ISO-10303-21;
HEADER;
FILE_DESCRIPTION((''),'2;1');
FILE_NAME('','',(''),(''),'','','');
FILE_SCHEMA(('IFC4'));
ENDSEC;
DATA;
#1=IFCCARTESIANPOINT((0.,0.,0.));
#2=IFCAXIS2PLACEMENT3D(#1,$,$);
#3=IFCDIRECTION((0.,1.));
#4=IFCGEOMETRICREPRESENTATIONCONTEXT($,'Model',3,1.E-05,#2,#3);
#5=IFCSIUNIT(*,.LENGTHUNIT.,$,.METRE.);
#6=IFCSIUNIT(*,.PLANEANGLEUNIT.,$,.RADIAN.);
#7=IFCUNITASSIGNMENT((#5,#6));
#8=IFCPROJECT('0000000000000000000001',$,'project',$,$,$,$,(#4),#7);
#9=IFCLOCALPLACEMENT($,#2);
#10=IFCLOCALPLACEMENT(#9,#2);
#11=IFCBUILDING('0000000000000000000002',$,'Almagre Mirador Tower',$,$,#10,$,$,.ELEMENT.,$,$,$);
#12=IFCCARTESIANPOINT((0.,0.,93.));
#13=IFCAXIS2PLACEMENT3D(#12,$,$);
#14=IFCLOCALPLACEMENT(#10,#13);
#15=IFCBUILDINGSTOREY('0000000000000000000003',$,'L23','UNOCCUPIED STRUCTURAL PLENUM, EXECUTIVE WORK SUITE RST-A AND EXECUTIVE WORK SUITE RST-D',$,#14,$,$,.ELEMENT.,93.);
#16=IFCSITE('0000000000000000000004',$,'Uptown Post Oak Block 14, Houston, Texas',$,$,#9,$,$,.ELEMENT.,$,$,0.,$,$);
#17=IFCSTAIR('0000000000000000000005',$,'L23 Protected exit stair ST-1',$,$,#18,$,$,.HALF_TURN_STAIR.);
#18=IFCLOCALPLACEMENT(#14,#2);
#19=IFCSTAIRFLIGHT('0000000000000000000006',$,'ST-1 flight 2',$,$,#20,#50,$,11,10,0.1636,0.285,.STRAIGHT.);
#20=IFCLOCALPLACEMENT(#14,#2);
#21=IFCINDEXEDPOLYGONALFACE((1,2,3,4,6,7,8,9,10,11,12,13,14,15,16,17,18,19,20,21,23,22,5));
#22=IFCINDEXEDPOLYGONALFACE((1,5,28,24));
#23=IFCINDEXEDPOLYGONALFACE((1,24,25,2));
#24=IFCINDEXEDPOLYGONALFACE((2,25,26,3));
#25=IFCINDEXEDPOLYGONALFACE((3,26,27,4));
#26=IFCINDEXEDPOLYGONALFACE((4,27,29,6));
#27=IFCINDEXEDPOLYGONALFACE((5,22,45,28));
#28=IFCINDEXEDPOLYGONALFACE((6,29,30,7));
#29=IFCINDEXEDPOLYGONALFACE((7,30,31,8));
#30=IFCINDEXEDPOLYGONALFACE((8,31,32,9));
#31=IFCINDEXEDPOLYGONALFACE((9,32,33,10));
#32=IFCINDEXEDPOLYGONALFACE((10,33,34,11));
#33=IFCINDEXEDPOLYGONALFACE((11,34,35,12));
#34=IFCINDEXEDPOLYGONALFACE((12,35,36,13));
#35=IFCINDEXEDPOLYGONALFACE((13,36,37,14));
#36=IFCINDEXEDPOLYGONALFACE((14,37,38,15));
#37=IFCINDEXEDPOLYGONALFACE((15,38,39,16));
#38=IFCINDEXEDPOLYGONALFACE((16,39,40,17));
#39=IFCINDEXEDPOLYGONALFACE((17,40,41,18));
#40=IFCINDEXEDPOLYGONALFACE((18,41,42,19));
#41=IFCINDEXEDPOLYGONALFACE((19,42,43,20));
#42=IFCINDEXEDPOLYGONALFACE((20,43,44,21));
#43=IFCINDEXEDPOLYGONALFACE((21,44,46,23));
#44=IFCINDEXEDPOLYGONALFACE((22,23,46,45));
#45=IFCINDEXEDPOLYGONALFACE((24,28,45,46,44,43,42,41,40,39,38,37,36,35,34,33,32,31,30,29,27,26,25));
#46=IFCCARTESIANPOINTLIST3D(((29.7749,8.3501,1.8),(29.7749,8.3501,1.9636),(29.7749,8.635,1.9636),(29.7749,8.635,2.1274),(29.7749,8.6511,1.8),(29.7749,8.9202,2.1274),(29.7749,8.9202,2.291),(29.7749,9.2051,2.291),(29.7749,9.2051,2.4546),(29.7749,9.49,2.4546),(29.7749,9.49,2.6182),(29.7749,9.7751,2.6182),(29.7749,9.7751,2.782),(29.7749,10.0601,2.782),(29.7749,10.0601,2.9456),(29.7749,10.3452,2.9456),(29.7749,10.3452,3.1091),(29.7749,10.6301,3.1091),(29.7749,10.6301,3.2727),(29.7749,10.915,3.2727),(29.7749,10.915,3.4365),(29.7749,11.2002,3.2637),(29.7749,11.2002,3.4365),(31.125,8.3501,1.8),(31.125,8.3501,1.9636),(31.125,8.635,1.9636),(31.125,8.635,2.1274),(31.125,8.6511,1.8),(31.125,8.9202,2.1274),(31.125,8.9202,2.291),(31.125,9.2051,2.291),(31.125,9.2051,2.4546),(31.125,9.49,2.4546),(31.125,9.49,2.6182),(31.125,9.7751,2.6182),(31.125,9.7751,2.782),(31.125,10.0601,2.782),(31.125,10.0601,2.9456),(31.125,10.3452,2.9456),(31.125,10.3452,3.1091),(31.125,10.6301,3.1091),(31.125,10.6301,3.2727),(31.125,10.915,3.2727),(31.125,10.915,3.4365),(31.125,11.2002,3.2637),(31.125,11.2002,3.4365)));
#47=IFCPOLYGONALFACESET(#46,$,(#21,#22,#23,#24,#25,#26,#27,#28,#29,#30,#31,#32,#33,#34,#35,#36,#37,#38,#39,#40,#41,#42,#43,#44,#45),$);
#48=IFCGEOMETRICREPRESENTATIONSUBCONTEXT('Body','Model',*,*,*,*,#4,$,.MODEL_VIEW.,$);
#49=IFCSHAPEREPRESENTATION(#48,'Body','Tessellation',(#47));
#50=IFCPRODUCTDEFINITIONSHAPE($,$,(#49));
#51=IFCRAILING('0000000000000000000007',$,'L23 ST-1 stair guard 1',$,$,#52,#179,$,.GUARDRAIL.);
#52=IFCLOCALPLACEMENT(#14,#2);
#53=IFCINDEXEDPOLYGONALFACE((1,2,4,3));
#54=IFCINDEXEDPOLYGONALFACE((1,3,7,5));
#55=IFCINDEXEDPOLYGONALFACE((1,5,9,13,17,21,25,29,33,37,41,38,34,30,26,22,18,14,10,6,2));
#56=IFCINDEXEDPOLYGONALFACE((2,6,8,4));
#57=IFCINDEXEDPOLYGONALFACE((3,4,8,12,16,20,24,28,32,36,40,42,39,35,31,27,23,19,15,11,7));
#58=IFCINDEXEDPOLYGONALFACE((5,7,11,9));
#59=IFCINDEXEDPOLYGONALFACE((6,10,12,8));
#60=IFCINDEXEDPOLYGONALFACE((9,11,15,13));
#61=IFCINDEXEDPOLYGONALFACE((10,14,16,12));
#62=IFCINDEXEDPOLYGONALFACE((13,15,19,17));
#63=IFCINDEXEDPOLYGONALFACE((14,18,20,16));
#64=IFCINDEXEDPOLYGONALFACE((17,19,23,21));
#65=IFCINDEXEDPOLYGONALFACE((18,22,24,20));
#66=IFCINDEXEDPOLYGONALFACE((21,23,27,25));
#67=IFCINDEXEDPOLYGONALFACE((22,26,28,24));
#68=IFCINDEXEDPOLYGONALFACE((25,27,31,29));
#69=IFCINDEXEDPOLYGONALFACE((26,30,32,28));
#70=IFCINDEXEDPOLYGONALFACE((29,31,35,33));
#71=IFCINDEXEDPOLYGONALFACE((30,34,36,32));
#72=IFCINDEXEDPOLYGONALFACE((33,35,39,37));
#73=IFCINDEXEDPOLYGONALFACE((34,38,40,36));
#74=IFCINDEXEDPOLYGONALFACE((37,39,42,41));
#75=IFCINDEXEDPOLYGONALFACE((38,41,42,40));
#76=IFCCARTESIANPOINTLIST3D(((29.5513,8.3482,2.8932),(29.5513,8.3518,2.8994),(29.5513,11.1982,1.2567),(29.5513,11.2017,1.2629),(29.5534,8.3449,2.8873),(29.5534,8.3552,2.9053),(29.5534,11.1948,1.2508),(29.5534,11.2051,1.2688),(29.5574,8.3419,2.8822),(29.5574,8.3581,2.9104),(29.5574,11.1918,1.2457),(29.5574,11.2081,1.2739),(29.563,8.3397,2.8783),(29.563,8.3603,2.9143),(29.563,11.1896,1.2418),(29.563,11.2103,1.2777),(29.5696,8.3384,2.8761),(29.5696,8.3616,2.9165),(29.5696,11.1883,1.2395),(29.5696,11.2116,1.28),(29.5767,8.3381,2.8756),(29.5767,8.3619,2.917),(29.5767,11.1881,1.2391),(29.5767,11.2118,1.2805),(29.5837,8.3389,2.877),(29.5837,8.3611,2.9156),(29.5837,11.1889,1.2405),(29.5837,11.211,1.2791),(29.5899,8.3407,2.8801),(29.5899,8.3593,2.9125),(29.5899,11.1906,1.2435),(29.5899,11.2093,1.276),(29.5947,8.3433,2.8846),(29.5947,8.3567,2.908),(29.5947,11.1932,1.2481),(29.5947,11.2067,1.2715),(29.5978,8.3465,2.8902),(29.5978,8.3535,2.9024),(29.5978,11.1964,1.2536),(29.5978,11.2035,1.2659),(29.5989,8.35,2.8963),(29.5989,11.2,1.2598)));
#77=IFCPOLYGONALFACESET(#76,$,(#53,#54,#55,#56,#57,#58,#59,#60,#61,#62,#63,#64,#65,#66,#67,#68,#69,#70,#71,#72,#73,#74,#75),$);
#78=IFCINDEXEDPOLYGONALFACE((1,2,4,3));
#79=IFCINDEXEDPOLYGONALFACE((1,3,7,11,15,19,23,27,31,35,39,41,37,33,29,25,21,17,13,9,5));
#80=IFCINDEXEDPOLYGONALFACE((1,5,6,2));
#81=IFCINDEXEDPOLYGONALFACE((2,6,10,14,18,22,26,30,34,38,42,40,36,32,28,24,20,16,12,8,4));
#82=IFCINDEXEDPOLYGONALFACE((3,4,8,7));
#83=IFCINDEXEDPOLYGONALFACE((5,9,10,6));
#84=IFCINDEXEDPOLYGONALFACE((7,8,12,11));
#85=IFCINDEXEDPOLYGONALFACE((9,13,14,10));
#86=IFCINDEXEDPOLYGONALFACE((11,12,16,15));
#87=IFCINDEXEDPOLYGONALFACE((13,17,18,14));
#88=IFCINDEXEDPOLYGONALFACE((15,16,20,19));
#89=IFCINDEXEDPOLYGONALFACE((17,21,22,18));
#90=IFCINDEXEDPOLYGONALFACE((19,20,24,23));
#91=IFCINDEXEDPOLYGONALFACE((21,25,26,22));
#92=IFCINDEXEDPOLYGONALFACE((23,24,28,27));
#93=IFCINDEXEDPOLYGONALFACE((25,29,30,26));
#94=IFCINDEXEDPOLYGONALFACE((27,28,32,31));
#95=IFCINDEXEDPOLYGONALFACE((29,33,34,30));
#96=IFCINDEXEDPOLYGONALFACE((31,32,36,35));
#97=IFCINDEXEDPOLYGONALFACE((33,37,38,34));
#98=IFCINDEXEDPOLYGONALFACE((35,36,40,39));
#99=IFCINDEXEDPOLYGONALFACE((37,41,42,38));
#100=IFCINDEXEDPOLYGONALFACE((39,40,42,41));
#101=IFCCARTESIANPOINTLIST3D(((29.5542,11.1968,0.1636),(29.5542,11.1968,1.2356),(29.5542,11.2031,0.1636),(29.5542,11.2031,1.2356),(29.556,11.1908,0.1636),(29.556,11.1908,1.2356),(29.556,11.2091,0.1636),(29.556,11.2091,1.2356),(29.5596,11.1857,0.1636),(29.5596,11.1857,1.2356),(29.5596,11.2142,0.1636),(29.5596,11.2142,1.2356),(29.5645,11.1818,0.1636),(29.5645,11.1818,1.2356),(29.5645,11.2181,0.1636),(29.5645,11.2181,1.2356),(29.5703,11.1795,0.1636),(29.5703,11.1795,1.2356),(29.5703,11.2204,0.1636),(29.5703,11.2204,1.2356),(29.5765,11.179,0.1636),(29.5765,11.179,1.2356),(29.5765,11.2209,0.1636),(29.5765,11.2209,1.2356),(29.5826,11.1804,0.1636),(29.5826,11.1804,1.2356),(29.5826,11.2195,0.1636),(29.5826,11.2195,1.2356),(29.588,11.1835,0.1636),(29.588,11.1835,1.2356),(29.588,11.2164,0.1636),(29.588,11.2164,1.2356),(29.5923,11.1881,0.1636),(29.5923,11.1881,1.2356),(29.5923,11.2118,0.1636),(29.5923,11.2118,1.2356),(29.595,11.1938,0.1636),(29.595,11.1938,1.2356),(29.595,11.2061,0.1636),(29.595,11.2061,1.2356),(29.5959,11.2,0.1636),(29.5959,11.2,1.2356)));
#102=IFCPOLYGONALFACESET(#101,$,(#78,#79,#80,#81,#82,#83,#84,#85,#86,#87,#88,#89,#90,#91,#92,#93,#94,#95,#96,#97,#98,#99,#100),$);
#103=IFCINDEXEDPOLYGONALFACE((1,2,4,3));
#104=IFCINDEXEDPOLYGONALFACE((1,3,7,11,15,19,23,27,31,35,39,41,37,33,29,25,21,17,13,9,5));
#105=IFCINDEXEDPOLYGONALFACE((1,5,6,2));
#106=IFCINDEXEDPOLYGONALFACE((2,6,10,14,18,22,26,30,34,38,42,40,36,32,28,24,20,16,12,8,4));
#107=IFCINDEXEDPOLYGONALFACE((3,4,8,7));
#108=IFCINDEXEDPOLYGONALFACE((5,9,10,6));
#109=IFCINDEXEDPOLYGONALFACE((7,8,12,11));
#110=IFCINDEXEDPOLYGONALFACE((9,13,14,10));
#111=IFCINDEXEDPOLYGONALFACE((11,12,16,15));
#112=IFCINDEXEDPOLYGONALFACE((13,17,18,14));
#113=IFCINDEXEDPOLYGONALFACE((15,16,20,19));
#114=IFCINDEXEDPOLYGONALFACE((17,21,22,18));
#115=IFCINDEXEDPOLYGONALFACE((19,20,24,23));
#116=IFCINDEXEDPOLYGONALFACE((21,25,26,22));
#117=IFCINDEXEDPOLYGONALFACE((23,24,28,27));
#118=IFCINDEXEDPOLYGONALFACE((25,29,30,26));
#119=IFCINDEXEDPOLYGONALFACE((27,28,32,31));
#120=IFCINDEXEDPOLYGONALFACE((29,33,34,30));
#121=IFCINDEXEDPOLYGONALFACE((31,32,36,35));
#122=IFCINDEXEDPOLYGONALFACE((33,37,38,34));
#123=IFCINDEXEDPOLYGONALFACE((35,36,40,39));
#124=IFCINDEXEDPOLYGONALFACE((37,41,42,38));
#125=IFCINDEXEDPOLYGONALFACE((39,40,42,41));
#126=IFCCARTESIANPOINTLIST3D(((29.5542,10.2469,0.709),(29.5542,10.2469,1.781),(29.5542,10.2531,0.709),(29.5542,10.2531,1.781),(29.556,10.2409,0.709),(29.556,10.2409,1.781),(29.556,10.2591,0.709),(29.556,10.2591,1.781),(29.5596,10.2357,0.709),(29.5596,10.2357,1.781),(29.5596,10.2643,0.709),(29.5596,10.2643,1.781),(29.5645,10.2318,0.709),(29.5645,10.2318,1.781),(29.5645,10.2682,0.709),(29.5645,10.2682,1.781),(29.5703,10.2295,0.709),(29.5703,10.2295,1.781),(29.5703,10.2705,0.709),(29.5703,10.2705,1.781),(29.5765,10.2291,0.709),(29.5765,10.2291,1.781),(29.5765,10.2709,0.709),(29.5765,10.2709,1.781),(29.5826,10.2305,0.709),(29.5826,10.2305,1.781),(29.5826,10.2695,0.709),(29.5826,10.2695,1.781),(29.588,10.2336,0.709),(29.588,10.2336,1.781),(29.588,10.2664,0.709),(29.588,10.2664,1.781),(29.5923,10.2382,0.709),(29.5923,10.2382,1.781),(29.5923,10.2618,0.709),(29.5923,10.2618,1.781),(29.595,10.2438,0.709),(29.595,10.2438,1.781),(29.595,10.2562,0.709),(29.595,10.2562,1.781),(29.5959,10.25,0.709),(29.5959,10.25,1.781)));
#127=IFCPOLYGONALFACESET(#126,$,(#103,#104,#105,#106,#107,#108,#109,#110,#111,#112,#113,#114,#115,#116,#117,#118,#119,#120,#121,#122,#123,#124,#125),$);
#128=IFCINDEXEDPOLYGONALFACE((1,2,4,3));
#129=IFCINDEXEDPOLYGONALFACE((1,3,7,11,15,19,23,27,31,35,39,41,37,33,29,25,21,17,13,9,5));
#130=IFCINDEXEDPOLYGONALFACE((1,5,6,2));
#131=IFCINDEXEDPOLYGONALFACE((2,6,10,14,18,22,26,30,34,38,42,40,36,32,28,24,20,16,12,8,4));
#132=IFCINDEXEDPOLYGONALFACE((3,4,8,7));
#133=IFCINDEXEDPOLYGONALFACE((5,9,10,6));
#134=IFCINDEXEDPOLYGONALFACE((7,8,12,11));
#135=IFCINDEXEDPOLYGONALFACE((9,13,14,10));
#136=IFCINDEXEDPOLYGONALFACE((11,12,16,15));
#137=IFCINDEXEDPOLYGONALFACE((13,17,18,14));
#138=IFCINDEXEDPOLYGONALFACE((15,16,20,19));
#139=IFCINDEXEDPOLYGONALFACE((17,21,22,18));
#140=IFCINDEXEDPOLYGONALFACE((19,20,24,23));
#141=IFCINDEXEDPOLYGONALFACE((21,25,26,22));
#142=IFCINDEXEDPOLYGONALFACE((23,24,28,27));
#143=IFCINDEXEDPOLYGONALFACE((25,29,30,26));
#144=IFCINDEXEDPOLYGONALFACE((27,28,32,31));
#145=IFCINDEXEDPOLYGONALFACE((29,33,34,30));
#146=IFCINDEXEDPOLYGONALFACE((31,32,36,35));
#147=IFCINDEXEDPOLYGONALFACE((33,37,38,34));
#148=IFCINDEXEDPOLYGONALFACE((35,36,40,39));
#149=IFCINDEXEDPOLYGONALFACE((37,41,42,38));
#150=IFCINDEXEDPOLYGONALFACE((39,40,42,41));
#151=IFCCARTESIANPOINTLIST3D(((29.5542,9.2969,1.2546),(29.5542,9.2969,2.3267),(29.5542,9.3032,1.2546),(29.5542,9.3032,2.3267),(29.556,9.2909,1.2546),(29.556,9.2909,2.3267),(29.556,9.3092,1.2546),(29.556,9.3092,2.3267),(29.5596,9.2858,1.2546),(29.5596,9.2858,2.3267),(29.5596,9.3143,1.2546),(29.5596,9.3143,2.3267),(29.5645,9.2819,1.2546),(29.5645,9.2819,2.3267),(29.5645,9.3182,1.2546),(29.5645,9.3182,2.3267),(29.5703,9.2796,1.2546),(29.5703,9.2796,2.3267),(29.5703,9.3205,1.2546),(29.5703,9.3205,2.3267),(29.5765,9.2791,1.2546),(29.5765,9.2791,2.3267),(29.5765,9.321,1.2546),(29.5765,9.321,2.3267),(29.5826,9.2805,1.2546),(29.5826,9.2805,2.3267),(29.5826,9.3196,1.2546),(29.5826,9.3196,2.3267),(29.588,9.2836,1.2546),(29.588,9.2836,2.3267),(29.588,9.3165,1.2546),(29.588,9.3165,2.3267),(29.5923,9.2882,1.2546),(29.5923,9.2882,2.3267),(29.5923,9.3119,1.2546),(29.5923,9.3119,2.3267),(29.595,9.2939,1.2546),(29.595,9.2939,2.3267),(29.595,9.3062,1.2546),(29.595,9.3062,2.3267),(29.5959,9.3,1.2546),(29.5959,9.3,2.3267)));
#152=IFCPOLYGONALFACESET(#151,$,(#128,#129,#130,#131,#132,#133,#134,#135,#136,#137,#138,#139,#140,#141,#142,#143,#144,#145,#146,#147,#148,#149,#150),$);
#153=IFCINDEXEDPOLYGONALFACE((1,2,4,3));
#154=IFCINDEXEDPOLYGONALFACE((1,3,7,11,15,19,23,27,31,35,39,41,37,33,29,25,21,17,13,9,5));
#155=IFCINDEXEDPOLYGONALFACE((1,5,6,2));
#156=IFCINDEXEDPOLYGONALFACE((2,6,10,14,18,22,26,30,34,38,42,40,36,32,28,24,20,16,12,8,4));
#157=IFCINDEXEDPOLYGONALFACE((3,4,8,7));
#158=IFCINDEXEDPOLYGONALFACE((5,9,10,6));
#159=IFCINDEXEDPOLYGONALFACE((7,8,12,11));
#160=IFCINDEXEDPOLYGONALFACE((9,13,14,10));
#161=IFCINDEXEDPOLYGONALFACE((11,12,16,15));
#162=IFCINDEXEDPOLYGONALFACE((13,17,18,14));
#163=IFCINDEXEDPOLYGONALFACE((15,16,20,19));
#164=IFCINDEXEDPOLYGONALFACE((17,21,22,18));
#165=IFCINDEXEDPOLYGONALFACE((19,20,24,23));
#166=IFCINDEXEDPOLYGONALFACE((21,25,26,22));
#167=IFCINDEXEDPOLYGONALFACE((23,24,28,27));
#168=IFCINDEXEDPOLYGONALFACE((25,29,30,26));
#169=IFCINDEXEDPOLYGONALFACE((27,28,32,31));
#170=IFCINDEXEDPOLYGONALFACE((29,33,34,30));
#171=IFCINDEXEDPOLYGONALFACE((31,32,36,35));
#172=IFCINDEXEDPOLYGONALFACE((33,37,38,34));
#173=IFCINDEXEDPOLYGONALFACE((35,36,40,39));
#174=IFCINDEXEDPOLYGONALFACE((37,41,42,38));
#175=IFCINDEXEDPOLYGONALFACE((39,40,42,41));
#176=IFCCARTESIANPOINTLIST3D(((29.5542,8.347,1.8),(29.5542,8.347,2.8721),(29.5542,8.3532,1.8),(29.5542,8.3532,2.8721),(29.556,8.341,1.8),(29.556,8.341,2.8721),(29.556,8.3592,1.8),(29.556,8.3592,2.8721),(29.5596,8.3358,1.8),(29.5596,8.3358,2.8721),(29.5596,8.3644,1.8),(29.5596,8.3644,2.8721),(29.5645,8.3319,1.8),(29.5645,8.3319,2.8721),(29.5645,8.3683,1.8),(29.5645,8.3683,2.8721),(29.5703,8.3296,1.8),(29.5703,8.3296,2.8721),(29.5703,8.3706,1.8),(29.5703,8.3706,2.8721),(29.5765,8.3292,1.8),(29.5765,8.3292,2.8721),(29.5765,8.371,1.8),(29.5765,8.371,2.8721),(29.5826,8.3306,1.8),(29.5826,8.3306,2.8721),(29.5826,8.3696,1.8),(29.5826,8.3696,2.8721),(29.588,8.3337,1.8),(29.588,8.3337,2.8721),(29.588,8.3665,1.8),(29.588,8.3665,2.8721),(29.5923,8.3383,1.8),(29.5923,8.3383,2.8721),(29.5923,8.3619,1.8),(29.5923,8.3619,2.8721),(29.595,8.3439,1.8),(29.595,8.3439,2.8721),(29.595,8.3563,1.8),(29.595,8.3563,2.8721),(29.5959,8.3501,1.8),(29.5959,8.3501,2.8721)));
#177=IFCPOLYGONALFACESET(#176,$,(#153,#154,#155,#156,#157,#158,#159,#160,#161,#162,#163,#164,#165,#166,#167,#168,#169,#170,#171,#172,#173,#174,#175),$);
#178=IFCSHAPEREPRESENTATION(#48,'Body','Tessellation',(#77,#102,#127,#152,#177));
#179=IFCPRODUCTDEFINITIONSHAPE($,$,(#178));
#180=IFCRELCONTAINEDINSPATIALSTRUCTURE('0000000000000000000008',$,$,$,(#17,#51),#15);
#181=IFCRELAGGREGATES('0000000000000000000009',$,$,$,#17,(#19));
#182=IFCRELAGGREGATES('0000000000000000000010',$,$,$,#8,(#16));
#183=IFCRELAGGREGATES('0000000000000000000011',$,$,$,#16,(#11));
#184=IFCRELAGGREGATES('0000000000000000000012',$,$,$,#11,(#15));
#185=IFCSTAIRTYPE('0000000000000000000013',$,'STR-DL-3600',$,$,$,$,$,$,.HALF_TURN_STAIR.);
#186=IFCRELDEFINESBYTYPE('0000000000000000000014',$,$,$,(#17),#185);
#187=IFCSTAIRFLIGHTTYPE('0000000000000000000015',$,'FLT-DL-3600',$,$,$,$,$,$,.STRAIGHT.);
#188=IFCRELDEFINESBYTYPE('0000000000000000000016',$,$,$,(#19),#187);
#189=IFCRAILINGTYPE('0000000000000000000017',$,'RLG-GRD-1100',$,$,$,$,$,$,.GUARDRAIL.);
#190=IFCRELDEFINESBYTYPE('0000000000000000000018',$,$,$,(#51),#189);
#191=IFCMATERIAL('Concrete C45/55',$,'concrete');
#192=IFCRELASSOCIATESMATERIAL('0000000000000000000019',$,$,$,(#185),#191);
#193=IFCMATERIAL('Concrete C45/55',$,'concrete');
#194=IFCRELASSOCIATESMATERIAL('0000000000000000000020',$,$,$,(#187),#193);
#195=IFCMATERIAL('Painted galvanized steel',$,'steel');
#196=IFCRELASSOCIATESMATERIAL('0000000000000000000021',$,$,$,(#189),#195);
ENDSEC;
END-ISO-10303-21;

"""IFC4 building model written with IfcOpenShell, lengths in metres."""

from ifc_helpers import new_model, si_unit, direction, frame, origin, origin_2d, place, context, subcontext, project, spatial, polyline, circle, outline, extrude, material, type_object, element, aggregate, save


model = new_model("IFC4")

# Units and contexts
model_context = context("Model", 3, precision=1e-05, world=origin(), true_north=direction((0.0, 1.0)))
body_context = subcontext(model_context, "Body", "Model", "MODEL_VIEW")
ifc_project = project(units=[si_unit("LENGTHUNIT", "METRE"), si_unit("PLANEANGLEUNIT", "RADIAN")], contexts=[model_context])

# Site, building, storey
site_placement = place(None, origin())
site = spatial("IfcSite", under=ifc_project, at=site_placement, Name="Uptown Post Oak Block 14, Houston, Texas", CompositionType="ELEMENT", RefElevation=0.0)
building_placement = place(site_placement, origin())
building = spatial("IfcBuilding", under=site, at=building_placement, Name="Almagre Mirador Tower", CompositionType="ELEMENT")
storey_placement = place(building_placement, frame((0.0, 0.0, 93.0)))
storey = spatial("IfcBuildingStorey", under=building, at=storey_placement, Name="L23", Description="UNOCCUPIED STRUCTURAL PLENUM, EXECUTIVE WORK SUITE RST-A AND EXECUTIVE WORK SUITE RST-D", CompositionType="ELEMENT", Elevation=93.0)

# Stair, stair flight
ifc_material_1 = material(Name="Concrete C45/55", Category="concrete")
stair_type = type_object("IfcStairType", Name="STR-DL-3600", PredefinedType="HALF_TURN_STAIR", material=ifc_material_1)
stair_placement = place(storey_placement, origin())
stair = element("IfcStair", 1, at=stair_placement, inside=storey, type_object=stair_type, Name="L23 Protected exit stair ST-1", PredefinedType="HALF_TURN_STAIR")
ifc_material_2 = material(Name="Concrete C45/55", Category="concrete")
stair_flight_type = type_object("IfcStairFlightType", Name="FLT-DL-3600", PredefinedType="STRAIGHT", material=ifc_material_2)
stair_flight_1_placement = place(storey_placement, frame((30.45, 8.3501, 1.8), z_axis=(0.0, 0.0, 1.0), x_axis=(0.0, 1.0, 0.0)))
stair_flight_1 = element("IfcStairFlight", 2, at=stair_flight_1_placement, type_object=stair_flight_type, Name="ST-1 flight 2", NumberOfRisers=11, NumberOfTreads=10, PredefinedType="STRAIGHT", RiserHeight=0.1636, TreadLength=0.285, context=body_context, shape_type="SweptSolid", body=[
    extrude(outline(polyline([(0.0, 0.0), (0.0, 0.1636), (0.2849, 0.1636), (0.2849, 0.3274), (0.5701, 0.3274), (0.5701, 0.491), (0.855, 0.491), (0.855, 0.6545), (1.1399, 0.6545), (1.1399, 0.8181), (1.425, 0.8181), (1.425, 0.9819), (1.71, 0.9819), (1.71, 1.1455), (1.9951, 1.1455), (1.9951, 1.3091), (2.28, 1.3091), (2.28, 1.4727), (2.5649, 1.4727), (2.5649, 1.6365), (2.8501, 1.6365), (2.8501, 1.8), (2.8501, 1.4636), (0.301, 0.0), (0.0, 0.0)])), frame((0.0, 0.675, 0.0), z_axis=(0.0, -1.0, 0.0), x_axis=(1.0, 0.0, 0.0)), (0.0, 0.0, 1.0), 1.3501),
])
aggregate(stair, [stair_flight_1])

# Railing
ifc_material_3 = material(Name="Painted galvanized steel", Category="steel")
railing_type_1 = type_object("IfcRailingType", Name="RLG-GRD-1100", PredefinedType="GUARDRAIL", material=ifc_material_3)
railing_1_placement = place(storey_placement, frame((29.575, 11.2, 0.1636)))
element("IfcRailing", 3, at=railing_1_placement, inside=storey, type_object=railing_type_1, Name="L23 ST-1 stair guard 1", PredefinedType="GUARDRAIL", context=body_context, shape_type="SweptSolid", body=[
    extrude(circle(Radius=0.0239, at=origin_2d()), frame((0.0, 0.0, 1.0962), z_axis=(0.0, -0.867194, 0.49797), x_axis=(1.0, 0.0, 0.0)), (0.0, 0.0, 1.0), 3.2864),
    extrude(circle(Radius=0.021, at=origin_2d()), origin(), (0.0, 0.0, 1.0), 1.072),
    extrude(circle(Radius=0.021, at=origin_2d()), frame((0.0, -0.95, 0.5454)), (0.0, 0.0, 1.0), 1.072),
    extrude(circle(Radius=0.021, at=origin_2d()), frame((0.0, -1.8999, 1.0911)), (0.0, 0.0, 1.0), 1.072),
    extrude(circle(Radius=0.021, at=origin_2d()), frame((0.0, -2.8499, 1.6365)), (0.0, 0.0, 1.0), 1.072),
])

save(model, "model.ifc")
